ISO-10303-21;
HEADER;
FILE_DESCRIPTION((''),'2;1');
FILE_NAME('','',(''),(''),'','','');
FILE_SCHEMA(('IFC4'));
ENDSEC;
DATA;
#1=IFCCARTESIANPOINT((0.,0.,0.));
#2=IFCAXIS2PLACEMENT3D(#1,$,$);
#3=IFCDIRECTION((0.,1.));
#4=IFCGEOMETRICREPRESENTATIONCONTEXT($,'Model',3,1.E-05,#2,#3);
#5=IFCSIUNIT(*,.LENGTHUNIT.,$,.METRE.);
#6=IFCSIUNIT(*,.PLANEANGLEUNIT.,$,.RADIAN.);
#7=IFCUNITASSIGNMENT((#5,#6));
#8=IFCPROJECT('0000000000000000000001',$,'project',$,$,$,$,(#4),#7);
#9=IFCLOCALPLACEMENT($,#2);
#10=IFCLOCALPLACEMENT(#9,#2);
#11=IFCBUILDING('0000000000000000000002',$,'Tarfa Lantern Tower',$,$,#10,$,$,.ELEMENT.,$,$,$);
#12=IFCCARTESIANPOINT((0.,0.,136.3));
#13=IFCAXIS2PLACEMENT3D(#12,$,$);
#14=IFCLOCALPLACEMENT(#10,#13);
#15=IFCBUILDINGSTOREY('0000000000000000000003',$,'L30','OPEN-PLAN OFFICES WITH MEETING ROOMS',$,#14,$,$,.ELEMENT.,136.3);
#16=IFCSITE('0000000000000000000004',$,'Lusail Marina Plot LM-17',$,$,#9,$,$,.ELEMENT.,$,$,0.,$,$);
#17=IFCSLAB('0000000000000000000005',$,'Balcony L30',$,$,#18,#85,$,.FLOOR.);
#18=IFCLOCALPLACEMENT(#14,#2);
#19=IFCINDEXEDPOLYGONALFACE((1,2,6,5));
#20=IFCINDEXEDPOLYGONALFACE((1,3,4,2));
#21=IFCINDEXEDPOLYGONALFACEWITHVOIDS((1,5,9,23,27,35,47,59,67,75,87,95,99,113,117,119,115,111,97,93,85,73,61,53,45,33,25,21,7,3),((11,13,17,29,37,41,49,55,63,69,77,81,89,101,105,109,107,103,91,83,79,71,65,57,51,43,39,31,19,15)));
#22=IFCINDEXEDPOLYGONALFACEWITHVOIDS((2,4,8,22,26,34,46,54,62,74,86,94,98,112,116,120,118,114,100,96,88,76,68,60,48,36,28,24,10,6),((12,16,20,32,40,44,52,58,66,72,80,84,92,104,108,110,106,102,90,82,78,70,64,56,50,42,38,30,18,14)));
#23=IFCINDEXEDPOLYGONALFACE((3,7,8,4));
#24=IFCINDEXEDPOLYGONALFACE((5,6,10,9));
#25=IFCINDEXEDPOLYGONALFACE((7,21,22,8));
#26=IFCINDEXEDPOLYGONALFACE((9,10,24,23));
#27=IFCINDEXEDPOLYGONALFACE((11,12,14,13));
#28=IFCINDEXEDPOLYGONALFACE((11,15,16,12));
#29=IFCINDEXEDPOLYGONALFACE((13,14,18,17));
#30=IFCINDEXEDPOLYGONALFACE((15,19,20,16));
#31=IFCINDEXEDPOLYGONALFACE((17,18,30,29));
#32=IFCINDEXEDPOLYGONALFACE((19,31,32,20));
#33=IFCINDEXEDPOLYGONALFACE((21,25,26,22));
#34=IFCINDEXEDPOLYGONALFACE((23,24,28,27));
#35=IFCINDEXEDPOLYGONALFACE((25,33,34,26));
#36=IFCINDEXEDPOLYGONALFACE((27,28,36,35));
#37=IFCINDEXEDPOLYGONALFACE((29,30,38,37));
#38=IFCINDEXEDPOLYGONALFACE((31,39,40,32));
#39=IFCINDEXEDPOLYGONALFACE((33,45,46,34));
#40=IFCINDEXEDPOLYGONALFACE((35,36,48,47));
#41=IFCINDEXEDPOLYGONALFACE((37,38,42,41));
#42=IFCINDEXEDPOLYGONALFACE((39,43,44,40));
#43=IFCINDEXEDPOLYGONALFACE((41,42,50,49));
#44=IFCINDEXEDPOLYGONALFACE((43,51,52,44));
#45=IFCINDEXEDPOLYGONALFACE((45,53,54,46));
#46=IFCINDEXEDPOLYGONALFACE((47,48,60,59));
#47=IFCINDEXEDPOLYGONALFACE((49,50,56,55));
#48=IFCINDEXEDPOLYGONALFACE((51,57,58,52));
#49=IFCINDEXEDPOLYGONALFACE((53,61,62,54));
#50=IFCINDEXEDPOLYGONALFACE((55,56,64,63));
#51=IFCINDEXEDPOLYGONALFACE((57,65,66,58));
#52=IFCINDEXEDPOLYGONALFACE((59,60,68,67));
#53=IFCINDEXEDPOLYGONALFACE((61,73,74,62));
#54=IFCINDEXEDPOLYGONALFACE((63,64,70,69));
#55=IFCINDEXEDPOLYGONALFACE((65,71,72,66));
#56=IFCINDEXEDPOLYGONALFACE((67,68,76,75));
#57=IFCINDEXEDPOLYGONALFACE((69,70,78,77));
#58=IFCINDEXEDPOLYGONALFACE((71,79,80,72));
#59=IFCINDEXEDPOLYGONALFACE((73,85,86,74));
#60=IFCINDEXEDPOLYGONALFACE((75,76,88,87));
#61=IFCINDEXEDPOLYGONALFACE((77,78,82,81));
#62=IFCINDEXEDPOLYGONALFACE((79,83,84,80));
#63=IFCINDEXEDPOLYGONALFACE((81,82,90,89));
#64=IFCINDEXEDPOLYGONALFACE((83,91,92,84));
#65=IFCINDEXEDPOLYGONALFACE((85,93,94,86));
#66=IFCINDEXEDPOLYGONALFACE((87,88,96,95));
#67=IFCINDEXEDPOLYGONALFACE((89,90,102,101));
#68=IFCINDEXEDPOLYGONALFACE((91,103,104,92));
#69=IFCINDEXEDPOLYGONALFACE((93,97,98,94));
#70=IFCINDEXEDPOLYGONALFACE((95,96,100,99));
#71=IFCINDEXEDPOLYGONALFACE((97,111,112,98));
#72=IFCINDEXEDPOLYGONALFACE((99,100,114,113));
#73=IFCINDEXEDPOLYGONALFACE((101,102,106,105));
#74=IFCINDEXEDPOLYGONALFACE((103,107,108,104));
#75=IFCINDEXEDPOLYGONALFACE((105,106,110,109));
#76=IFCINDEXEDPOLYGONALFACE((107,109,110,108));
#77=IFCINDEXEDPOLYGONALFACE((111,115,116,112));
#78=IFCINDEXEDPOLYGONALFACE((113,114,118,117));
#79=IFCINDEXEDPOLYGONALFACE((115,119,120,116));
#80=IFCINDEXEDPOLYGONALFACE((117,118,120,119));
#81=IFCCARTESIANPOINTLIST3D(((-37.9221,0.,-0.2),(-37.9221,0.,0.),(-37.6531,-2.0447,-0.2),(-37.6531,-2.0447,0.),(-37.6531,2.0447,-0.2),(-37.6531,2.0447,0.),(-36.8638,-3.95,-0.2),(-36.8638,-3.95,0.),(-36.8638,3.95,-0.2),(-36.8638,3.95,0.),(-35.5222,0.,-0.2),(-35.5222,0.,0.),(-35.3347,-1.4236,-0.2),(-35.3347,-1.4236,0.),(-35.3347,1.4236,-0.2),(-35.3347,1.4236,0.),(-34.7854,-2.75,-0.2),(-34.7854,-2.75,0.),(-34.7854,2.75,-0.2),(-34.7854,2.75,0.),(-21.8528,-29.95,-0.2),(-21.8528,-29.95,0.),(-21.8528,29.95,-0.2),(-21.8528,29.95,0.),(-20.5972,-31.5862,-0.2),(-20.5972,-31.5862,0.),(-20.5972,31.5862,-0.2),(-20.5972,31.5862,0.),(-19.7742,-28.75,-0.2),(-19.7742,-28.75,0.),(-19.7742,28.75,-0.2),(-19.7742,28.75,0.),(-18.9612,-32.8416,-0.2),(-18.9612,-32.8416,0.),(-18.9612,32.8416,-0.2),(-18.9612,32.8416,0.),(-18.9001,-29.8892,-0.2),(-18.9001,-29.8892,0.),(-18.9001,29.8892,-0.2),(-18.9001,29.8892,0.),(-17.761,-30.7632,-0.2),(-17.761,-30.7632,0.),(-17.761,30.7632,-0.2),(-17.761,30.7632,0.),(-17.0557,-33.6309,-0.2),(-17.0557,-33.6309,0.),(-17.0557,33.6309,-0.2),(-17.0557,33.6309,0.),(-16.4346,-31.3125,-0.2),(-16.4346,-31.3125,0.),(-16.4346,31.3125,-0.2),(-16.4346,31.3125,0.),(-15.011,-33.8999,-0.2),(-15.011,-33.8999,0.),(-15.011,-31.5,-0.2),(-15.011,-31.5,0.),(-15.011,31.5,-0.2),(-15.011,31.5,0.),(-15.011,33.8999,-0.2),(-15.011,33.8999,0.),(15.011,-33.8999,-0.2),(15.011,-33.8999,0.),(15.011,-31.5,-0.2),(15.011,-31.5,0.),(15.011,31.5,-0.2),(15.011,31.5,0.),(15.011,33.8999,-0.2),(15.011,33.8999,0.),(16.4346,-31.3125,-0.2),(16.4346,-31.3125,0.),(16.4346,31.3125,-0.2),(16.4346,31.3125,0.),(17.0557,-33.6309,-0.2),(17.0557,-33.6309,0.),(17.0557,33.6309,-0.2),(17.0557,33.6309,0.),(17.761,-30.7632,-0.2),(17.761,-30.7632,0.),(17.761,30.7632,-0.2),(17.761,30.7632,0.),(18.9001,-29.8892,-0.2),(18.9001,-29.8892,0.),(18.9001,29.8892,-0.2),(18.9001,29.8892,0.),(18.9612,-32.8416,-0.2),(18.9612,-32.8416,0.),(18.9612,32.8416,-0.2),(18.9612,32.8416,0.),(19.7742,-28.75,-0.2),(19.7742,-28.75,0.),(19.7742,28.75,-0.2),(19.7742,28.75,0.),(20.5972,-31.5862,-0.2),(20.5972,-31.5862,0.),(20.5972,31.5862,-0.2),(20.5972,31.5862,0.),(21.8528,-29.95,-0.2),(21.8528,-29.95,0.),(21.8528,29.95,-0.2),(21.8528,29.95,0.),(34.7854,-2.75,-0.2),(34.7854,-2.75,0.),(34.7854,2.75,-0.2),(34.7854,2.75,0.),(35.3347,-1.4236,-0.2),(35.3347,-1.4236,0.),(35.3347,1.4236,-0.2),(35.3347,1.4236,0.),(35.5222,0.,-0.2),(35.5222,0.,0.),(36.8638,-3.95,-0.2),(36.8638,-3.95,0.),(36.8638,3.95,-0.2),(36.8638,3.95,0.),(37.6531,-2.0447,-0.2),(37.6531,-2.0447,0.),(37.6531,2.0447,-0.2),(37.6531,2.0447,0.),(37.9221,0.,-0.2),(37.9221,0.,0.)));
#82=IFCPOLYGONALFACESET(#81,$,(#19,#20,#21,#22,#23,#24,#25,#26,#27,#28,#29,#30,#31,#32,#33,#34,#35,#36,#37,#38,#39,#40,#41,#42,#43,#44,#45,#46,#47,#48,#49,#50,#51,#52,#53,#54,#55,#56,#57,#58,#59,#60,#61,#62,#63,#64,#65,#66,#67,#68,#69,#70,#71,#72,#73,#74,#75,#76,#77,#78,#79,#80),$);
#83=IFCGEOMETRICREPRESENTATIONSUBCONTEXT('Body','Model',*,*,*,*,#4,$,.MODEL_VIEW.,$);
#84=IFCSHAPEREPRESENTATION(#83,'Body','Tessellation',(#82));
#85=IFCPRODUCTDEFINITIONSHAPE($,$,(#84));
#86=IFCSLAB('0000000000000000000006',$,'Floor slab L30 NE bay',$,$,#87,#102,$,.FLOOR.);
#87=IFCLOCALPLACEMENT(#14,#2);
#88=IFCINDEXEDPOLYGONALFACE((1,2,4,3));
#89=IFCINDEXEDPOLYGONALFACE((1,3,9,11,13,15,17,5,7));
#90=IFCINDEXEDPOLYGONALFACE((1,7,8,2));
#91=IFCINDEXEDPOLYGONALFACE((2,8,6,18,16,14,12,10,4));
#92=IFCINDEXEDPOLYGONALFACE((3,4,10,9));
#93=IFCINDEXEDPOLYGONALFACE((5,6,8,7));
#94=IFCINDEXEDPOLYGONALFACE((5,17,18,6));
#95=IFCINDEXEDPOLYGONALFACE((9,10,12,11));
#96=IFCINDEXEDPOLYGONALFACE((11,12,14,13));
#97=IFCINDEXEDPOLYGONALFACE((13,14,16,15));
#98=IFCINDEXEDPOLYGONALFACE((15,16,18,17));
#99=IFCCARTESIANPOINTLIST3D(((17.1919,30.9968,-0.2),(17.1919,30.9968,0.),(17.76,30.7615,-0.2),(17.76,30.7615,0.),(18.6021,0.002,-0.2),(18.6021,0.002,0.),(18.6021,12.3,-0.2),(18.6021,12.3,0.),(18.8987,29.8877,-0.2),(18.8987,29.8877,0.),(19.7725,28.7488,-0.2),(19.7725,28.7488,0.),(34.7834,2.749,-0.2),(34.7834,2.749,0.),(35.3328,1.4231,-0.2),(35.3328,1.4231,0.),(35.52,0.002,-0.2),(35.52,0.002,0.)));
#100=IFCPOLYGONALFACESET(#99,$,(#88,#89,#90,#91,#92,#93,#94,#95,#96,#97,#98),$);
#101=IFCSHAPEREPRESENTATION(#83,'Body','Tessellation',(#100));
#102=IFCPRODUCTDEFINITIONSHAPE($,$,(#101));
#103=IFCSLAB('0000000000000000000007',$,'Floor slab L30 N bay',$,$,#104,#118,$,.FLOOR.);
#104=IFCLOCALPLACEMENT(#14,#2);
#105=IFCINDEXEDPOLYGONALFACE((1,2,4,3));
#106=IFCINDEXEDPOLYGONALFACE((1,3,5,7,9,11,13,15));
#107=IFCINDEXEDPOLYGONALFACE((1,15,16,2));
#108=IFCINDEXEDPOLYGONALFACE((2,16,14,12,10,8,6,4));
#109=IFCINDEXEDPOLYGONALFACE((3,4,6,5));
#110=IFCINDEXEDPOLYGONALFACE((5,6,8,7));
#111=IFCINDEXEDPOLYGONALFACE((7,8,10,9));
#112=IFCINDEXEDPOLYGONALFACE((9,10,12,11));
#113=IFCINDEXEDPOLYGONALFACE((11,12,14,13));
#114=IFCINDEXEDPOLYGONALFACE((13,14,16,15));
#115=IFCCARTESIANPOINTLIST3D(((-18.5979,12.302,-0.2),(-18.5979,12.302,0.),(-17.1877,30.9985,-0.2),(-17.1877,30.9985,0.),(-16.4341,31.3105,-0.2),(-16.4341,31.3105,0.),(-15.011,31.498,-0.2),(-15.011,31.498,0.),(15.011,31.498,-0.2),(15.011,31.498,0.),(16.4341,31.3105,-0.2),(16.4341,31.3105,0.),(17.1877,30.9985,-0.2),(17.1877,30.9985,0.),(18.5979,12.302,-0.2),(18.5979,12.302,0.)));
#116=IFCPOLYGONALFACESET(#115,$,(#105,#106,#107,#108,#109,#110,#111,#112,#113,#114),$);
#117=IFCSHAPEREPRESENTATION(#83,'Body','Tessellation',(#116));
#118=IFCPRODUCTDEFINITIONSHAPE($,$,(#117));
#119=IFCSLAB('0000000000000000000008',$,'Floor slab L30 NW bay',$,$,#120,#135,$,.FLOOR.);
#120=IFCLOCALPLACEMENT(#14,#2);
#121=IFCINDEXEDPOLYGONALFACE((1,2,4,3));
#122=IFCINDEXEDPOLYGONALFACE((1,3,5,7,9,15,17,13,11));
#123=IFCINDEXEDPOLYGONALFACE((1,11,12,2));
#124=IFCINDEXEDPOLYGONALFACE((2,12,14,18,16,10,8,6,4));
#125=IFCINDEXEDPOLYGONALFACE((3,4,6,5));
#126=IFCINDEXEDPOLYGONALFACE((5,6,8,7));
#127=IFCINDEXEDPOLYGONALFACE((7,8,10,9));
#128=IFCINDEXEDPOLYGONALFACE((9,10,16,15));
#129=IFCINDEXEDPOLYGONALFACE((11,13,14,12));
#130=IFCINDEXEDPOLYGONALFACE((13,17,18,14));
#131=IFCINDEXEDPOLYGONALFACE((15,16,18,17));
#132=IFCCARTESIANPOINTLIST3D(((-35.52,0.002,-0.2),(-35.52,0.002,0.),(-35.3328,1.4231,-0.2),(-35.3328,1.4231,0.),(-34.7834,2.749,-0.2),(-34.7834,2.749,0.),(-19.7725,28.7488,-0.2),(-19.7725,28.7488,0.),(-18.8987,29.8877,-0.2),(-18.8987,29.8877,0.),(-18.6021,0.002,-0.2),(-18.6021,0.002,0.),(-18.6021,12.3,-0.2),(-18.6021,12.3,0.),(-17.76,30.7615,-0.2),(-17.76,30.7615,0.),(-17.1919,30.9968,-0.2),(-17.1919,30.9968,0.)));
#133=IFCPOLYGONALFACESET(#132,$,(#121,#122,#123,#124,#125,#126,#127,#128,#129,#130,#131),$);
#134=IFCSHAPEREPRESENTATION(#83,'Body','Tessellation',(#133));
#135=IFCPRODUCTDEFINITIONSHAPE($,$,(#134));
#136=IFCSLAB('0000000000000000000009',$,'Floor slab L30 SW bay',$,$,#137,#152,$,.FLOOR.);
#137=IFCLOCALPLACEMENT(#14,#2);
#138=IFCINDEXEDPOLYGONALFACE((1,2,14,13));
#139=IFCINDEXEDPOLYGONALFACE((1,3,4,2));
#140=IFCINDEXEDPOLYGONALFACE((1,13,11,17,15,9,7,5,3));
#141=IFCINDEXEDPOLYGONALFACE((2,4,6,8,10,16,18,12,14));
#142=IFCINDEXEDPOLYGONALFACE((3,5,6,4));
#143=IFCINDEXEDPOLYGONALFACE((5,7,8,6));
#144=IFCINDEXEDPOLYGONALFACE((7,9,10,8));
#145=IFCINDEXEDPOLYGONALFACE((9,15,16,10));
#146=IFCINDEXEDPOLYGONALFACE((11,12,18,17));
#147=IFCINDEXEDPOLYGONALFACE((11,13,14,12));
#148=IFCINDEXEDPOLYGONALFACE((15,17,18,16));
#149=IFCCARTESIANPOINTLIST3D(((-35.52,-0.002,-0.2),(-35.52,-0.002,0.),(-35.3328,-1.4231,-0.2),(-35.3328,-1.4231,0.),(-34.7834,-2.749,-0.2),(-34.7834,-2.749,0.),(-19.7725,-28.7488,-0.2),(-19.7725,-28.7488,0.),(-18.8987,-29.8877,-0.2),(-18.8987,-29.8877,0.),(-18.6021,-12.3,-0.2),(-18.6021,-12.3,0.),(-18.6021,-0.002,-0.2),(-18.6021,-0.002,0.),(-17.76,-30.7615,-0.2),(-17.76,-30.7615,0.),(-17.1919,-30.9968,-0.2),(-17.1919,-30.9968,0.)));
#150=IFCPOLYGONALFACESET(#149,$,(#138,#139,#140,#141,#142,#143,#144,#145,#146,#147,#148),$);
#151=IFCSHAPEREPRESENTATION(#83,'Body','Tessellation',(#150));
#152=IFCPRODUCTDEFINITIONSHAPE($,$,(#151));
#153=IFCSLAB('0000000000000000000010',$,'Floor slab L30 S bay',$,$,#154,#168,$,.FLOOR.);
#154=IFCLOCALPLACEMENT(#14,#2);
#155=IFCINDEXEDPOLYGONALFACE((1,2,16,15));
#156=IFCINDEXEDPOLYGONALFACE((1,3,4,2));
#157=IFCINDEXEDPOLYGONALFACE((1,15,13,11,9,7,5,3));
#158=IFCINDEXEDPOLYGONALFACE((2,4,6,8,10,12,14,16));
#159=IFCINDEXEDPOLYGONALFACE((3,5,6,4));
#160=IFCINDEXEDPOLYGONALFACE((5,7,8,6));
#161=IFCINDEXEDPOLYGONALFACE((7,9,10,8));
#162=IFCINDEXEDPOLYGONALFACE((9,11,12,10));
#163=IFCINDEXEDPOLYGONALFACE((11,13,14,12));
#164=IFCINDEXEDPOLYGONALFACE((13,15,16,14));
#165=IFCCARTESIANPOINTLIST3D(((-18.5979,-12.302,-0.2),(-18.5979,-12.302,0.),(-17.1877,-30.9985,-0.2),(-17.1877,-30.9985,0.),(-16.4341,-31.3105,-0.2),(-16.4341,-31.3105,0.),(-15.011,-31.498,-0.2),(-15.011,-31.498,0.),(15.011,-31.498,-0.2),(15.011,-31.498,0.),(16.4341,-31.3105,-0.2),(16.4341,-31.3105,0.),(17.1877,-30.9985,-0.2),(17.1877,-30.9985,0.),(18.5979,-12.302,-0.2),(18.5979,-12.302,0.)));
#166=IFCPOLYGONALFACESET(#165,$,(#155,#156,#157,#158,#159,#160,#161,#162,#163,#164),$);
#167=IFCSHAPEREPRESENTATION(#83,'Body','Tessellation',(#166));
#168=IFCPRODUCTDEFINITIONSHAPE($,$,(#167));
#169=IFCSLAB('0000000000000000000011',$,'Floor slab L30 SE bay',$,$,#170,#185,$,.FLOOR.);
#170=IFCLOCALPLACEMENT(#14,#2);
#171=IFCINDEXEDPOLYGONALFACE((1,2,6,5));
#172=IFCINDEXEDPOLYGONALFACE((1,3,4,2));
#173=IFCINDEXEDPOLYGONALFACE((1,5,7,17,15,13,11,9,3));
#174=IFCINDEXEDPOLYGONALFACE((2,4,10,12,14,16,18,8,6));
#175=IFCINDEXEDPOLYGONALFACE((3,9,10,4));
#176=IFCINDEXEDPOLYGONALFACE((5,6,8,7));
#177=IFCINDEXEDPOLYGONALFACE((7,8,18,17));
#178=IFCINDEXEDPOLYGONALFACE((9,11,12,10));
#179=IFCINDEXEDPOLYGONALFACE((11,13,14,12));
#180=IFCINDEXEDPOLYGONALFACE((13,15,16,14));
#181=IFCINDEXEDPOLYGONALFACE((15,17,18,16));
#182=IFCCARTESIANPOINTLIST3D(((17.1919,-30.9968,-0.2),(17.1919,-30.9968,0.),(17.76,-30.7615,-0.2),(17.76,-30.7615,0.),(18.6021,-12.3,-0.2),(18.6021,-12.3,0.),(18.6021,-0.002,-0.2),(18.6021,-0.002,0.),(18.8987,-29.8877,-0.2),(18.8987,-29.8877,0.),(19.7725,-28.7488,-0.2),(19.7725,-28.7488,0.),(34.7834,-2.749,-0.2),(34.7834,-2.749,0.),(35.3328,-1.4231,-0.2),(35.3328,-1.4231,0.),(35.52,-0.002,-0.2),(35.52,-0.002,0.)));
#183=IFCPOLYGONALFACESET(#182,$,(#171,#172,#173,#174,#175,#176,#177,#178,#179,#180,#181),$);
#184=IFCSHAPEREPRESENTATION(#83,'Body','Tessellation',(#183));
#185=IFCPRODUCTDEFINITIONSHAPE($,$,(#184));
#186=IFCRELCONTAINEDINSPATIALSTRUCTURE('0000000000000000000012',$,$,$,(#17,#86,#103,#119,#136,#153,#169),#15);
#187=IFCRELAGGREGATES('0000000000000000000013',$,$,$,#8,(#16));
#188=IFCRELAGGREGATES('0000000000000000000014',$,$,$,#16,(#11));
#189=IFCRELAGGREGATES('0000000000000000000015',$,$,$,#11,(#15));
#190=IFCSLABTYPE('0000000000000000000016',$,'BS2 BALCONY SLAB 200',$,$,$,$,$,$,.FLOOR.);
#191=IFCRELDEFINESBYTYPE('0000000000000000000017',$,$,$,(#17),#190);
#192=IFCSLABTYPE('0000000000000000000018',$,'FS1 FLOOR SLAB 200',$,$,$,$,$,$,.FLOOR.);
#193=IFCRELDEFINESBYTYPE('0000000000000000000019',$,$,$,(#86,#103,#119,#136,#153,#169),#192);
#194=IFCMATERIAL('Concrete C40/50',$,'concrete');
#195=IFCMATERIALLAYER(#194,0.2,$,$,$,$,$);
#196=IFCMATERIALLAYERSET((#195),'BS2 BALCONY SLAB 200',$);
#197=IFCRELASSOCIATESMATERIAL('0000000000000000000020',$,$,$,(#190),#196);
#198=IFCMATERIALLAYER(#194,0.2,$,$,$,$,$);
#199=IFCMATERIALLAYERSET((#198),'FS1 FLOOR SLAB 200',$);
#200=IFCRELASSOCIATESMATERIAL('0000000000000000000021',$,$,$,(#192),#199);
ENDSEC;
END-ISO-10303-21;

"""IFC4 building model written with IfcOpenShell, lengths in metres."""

from ifc_helpers import new_model, si_unit, direction, frame, origin, place, context, subcontext, project, spatial, polyline, outline, extrude, material, layer, layer_set, type_object, element, save


model = new_model("IFC4")

# Units and contexts
model_context = context("Model", 3, precision=1e-05, world=origin(), true_north=direction((0.0, 1.0)))
body_context = subcontext(model_context, "Body", "Model", "MODEL_VIEW")
ifc_project = project(units=[si_unit("LENGTHUNIT", "METRE"), si_unit("PLANEANGLEUNIT", "RADIAN")], contexts=[model_context])

# Site, building, storey
site_placement = place(None, origin())
site = spatial("IfcSite", under=ifc_project, at=site_placement, Name="Lusail Marina Plot LM-17", CompositionType="ELEMENT", RefElevation=0.0)
building_placement = place(site_placement, origin())
building = spatial("IfcBuilding", under=site, at=building_placement, Name="Tarfa Lantern Tower", CompositionType="ELEMENT")
storey_placement = place(building_placement, frame((0.0, 0.0, 136.3)))
storey = spatial("IfcBuildingStorey", under=building, at=storey_placement, Name="L30", Description="OPEN-PLAN OFFICES WITH MEETING ROOMS", CompositionType="ELEMENT", Elevation=136.3)

# Slabs
ifc_material_1 = material(Name="Concrete C40/50", Category="concrete")
ifc_layer_1 = layer(ifc_material_1, 0.2)
ifc_layer_set_1 = layer_set([ifc_layer_1], Name="BS2 BALCONY SLAB 200")
slab_type_1 = type_object("IfcSlabType", Name="BS2 BALCONY SLAB 200", PredefinedType="FLOOR", material=ifc_layer_set_1)
slab_1_placement = place(storey_placement, frame((0.0, 0.0, -0.2)))
element("IfcSlab", 1, at=slab_1_placement, inside=storey, type_object=slab_type_1, Name="Balcony L30", PredefinedType="FLOOR", context=body_context, shape_type="SweptSolid", body=[
    extrude(outline(polyline([(36.8638, 3.95), (21.8528, 29.95), (20.5972, 31.5862), (18.9612, 32.8416), (17.0557, 33.6309), (15.011, 33.8999), (-15.011, 33.8999), (-17.0557, 33.6309), (-18.9612, 32.8416), (-20.5972, 31.5862), (-21.8528, 29.95), (-36.8638, 3.95), (-37.6531, 2.0447), (-37.9221, 0.0), (-37.6531, -2.0447), (-36.8638, -3.95), (-21.8528, -29.95), (-20.5972, -31.5862), (-18.9612, -32.8416), (-17.0557, -33.6309), (-15.011, -33.8999), (15.011, -33.8999), (17.0557, -33.6309), (18.9612, -32.8416), (20.5972, -31.5862), (21.8528, -29.95), (36.8638, -3.95), (37.6531, -2.0447), (37.9221, 0.0), (37.6531, 2.0447), (36.8638, 3.95)]), holes=[polyline([(34.7854, 2.75), (19.7742, 28.75), (18.9001, 29.8892), (17.761, 30.7632), (16.4346, 31.3125), (15.011, 31.5), (-15.011, 31.5), (-16.4346, 31.3125), (-17.761, 30.7632), (-18.9001, 29.8892), (-19.7742, 28.75), (-34.7854, 2.75), (-35.3347, 1.4236), (-35.5222, 0.0), (-35.3347, -1.4236), (-34.7854, -2.75), (-19.7742, -28.75), (-18.9001, -29.8892), (-17.761, -30.7632), (-16.4346, -31.3125), (-15.011, -31.5), (15.011, -31.5), (16.4346, -31.3125), (17.761, -30.7632), (18.9001, -29.8892), (19.7742, -28.75), (34.7854, -2.75), (35.3347, -1.4236), (35.5222, 0.0), (35.3347, 1.4236), (34.7854, 2.75)])]), origin(), (0.0, 0.0, 1.0), 0.2),
])
ifc_layer_2 = layer(ifc_material_1, 0.2)
ifc_layer_set_2 = layer_set([ifc_layer_2], Name="FS1 FLOOR SLAB 200")
slab_type_2 = type_object("IfcSlabType", Name="FS1 FLOOR SLAB 200", PredefinedType="FLOOR", material=ifc_layer_set_2)
slab_2_placement = place(storey_placement, frame((0.0, 0.0, -0.2)))
element("IfcSlab", 2, at=slab_2_placement, inside=storey, type_object=slab_type_2, Name="Floor slab L30 NE bay", PredefinedType="FLOOR", context=body_context, shape_type="SweptSolid", body=[
    extrude(outline(polyline([(34.7834, 2.749), (19.7725, 28.7488), (18.8987, 29.8877), (17.76, 30.7615), (17.1919, 30.9968), (18.6021, 12.3), (18.6021, 0.002), (35.52, 0.002), (35.3328, 1.4231), (34.7834, 2.749)])), origin(), (0.0, 0.0, 1.0), 0.2),
])
slab_3_placement = place(storey_placement, frame((0.0, 0.0, -0.2)))
element("IfcSlab", 3, at=slab_3_placement, inside=storey, type_object=slab_type_2, Name="Floor slab L30 N bay", PredefinedType="FLOOR", context=body_context, shape_type="SweptSolid", body=[
    extrude(outline(polyline([(-18.5979, 12.302), (18.5979, 12.302), (17.1877, 30.9985), (16.4341, 31.3105), (15.011, 31.498), (-15.011, 31.498), (-16.4341, 31.3105), (-17.1877, 30.9985), (-18.5979, 12.302)])), origin(), (0.0, 0.0, 1.0), 0.2),
])
slab_4_placement = place(storey_placement, frame((0.0, 0.0, -0.2)))
element("IfcSlab", 4, at=slab_4_placement, inside=storey, type_object=slab_type_2, Name="Floor slab L30 NW bay", PredefinedType="FLOOR", context=body_context, shape_type="SweptSolid", body=[
    extrude(outline(polyline([(-18.6021, 0.002), (-18.6021, 12.3), (-17.1919, 30.9968), (-17.76, 30.7615), (-18.8987, 29.8877), (-19.7725, 28.7488), (-34.7834, 2.749), (-35.3328, 1.4231), (-35.52, 0.002), (-18.6021, 0.002)])), origin(), (0.0, 0.0, 1.0), 0.2),
])
slab_5_placement = place(storey_placement, frame((0.0, 0.0, -0.2)))
element("IfcSlab", 5, at=slab_5_placement, inside=storey, type_object=slab_type_2, Name="Floor slab L30 SW bay", PredefinedType="FLOOR", context=body_context, shape_type="SweptSolid", body=[
    extrude(outline(polyline([(-18.6021, -12.3), (-18.6021, -0.002), (-35.52, -0.002), (-35.3328, -1.4231), (-34.7834, -2.749), (-19.7725, -28.7488), (-18.8987, -29.8877), (-17.76, -30.7615), (-17.1919, -30.9968), (-18.6021, -12.3)])), origin(), (0.0, 0.0, 1.0), 0.2),
])
slab_6_placement = place(storey_placement, frame((0.0, 0.0, -0.2)))
element("IfcSlab", 6, at=slab_6_placement, inside=storey, type_object=slab_type_2, Name="Floor slab L30 S bay", PredefinedType="FLOOR", context=body_context, shape_type="SweptSolid", body=[
    extrude(outline(polyline([(18.5979, -12.302), (-18.5979, -12.302), (-17.1877, -30.9985), (-16.4341, -31.3105), (-15.011, -31.498), (15.011, -31.498), (16.4341, -31.3105), (17.1877, -30.9985), (18.5979, -12.302)])), origin(), (0.0, 0.0, 1.0), 0.2),
])
slab_7_placement = place(storey_placement, frame((0.0, 0.0, -0.2)))
element("IfcSlab", 7, at=slab_7_placement, inside=storey, type_object=slab_type_2, Name="Floor slab L30 SE bay", PredefinedType="FLOOR", context=body_context, shape_type="SweptSolid", body=[
    extrude(outline(polyline([(18.6021, -0.002), (18.6021, -12.3), (17.1919, -30.9968), (17.76, -30.7615), (18.8987, -29.8877), (19.7725, -28.7488), (34.7834, -2.749), (35.3328, -1.4231), (35.52, -0.002), (18.6021, -0.002)])), origin(), (0.0, 0.0, 1.0), 0.2),
])

save(model, "model.ifc")
